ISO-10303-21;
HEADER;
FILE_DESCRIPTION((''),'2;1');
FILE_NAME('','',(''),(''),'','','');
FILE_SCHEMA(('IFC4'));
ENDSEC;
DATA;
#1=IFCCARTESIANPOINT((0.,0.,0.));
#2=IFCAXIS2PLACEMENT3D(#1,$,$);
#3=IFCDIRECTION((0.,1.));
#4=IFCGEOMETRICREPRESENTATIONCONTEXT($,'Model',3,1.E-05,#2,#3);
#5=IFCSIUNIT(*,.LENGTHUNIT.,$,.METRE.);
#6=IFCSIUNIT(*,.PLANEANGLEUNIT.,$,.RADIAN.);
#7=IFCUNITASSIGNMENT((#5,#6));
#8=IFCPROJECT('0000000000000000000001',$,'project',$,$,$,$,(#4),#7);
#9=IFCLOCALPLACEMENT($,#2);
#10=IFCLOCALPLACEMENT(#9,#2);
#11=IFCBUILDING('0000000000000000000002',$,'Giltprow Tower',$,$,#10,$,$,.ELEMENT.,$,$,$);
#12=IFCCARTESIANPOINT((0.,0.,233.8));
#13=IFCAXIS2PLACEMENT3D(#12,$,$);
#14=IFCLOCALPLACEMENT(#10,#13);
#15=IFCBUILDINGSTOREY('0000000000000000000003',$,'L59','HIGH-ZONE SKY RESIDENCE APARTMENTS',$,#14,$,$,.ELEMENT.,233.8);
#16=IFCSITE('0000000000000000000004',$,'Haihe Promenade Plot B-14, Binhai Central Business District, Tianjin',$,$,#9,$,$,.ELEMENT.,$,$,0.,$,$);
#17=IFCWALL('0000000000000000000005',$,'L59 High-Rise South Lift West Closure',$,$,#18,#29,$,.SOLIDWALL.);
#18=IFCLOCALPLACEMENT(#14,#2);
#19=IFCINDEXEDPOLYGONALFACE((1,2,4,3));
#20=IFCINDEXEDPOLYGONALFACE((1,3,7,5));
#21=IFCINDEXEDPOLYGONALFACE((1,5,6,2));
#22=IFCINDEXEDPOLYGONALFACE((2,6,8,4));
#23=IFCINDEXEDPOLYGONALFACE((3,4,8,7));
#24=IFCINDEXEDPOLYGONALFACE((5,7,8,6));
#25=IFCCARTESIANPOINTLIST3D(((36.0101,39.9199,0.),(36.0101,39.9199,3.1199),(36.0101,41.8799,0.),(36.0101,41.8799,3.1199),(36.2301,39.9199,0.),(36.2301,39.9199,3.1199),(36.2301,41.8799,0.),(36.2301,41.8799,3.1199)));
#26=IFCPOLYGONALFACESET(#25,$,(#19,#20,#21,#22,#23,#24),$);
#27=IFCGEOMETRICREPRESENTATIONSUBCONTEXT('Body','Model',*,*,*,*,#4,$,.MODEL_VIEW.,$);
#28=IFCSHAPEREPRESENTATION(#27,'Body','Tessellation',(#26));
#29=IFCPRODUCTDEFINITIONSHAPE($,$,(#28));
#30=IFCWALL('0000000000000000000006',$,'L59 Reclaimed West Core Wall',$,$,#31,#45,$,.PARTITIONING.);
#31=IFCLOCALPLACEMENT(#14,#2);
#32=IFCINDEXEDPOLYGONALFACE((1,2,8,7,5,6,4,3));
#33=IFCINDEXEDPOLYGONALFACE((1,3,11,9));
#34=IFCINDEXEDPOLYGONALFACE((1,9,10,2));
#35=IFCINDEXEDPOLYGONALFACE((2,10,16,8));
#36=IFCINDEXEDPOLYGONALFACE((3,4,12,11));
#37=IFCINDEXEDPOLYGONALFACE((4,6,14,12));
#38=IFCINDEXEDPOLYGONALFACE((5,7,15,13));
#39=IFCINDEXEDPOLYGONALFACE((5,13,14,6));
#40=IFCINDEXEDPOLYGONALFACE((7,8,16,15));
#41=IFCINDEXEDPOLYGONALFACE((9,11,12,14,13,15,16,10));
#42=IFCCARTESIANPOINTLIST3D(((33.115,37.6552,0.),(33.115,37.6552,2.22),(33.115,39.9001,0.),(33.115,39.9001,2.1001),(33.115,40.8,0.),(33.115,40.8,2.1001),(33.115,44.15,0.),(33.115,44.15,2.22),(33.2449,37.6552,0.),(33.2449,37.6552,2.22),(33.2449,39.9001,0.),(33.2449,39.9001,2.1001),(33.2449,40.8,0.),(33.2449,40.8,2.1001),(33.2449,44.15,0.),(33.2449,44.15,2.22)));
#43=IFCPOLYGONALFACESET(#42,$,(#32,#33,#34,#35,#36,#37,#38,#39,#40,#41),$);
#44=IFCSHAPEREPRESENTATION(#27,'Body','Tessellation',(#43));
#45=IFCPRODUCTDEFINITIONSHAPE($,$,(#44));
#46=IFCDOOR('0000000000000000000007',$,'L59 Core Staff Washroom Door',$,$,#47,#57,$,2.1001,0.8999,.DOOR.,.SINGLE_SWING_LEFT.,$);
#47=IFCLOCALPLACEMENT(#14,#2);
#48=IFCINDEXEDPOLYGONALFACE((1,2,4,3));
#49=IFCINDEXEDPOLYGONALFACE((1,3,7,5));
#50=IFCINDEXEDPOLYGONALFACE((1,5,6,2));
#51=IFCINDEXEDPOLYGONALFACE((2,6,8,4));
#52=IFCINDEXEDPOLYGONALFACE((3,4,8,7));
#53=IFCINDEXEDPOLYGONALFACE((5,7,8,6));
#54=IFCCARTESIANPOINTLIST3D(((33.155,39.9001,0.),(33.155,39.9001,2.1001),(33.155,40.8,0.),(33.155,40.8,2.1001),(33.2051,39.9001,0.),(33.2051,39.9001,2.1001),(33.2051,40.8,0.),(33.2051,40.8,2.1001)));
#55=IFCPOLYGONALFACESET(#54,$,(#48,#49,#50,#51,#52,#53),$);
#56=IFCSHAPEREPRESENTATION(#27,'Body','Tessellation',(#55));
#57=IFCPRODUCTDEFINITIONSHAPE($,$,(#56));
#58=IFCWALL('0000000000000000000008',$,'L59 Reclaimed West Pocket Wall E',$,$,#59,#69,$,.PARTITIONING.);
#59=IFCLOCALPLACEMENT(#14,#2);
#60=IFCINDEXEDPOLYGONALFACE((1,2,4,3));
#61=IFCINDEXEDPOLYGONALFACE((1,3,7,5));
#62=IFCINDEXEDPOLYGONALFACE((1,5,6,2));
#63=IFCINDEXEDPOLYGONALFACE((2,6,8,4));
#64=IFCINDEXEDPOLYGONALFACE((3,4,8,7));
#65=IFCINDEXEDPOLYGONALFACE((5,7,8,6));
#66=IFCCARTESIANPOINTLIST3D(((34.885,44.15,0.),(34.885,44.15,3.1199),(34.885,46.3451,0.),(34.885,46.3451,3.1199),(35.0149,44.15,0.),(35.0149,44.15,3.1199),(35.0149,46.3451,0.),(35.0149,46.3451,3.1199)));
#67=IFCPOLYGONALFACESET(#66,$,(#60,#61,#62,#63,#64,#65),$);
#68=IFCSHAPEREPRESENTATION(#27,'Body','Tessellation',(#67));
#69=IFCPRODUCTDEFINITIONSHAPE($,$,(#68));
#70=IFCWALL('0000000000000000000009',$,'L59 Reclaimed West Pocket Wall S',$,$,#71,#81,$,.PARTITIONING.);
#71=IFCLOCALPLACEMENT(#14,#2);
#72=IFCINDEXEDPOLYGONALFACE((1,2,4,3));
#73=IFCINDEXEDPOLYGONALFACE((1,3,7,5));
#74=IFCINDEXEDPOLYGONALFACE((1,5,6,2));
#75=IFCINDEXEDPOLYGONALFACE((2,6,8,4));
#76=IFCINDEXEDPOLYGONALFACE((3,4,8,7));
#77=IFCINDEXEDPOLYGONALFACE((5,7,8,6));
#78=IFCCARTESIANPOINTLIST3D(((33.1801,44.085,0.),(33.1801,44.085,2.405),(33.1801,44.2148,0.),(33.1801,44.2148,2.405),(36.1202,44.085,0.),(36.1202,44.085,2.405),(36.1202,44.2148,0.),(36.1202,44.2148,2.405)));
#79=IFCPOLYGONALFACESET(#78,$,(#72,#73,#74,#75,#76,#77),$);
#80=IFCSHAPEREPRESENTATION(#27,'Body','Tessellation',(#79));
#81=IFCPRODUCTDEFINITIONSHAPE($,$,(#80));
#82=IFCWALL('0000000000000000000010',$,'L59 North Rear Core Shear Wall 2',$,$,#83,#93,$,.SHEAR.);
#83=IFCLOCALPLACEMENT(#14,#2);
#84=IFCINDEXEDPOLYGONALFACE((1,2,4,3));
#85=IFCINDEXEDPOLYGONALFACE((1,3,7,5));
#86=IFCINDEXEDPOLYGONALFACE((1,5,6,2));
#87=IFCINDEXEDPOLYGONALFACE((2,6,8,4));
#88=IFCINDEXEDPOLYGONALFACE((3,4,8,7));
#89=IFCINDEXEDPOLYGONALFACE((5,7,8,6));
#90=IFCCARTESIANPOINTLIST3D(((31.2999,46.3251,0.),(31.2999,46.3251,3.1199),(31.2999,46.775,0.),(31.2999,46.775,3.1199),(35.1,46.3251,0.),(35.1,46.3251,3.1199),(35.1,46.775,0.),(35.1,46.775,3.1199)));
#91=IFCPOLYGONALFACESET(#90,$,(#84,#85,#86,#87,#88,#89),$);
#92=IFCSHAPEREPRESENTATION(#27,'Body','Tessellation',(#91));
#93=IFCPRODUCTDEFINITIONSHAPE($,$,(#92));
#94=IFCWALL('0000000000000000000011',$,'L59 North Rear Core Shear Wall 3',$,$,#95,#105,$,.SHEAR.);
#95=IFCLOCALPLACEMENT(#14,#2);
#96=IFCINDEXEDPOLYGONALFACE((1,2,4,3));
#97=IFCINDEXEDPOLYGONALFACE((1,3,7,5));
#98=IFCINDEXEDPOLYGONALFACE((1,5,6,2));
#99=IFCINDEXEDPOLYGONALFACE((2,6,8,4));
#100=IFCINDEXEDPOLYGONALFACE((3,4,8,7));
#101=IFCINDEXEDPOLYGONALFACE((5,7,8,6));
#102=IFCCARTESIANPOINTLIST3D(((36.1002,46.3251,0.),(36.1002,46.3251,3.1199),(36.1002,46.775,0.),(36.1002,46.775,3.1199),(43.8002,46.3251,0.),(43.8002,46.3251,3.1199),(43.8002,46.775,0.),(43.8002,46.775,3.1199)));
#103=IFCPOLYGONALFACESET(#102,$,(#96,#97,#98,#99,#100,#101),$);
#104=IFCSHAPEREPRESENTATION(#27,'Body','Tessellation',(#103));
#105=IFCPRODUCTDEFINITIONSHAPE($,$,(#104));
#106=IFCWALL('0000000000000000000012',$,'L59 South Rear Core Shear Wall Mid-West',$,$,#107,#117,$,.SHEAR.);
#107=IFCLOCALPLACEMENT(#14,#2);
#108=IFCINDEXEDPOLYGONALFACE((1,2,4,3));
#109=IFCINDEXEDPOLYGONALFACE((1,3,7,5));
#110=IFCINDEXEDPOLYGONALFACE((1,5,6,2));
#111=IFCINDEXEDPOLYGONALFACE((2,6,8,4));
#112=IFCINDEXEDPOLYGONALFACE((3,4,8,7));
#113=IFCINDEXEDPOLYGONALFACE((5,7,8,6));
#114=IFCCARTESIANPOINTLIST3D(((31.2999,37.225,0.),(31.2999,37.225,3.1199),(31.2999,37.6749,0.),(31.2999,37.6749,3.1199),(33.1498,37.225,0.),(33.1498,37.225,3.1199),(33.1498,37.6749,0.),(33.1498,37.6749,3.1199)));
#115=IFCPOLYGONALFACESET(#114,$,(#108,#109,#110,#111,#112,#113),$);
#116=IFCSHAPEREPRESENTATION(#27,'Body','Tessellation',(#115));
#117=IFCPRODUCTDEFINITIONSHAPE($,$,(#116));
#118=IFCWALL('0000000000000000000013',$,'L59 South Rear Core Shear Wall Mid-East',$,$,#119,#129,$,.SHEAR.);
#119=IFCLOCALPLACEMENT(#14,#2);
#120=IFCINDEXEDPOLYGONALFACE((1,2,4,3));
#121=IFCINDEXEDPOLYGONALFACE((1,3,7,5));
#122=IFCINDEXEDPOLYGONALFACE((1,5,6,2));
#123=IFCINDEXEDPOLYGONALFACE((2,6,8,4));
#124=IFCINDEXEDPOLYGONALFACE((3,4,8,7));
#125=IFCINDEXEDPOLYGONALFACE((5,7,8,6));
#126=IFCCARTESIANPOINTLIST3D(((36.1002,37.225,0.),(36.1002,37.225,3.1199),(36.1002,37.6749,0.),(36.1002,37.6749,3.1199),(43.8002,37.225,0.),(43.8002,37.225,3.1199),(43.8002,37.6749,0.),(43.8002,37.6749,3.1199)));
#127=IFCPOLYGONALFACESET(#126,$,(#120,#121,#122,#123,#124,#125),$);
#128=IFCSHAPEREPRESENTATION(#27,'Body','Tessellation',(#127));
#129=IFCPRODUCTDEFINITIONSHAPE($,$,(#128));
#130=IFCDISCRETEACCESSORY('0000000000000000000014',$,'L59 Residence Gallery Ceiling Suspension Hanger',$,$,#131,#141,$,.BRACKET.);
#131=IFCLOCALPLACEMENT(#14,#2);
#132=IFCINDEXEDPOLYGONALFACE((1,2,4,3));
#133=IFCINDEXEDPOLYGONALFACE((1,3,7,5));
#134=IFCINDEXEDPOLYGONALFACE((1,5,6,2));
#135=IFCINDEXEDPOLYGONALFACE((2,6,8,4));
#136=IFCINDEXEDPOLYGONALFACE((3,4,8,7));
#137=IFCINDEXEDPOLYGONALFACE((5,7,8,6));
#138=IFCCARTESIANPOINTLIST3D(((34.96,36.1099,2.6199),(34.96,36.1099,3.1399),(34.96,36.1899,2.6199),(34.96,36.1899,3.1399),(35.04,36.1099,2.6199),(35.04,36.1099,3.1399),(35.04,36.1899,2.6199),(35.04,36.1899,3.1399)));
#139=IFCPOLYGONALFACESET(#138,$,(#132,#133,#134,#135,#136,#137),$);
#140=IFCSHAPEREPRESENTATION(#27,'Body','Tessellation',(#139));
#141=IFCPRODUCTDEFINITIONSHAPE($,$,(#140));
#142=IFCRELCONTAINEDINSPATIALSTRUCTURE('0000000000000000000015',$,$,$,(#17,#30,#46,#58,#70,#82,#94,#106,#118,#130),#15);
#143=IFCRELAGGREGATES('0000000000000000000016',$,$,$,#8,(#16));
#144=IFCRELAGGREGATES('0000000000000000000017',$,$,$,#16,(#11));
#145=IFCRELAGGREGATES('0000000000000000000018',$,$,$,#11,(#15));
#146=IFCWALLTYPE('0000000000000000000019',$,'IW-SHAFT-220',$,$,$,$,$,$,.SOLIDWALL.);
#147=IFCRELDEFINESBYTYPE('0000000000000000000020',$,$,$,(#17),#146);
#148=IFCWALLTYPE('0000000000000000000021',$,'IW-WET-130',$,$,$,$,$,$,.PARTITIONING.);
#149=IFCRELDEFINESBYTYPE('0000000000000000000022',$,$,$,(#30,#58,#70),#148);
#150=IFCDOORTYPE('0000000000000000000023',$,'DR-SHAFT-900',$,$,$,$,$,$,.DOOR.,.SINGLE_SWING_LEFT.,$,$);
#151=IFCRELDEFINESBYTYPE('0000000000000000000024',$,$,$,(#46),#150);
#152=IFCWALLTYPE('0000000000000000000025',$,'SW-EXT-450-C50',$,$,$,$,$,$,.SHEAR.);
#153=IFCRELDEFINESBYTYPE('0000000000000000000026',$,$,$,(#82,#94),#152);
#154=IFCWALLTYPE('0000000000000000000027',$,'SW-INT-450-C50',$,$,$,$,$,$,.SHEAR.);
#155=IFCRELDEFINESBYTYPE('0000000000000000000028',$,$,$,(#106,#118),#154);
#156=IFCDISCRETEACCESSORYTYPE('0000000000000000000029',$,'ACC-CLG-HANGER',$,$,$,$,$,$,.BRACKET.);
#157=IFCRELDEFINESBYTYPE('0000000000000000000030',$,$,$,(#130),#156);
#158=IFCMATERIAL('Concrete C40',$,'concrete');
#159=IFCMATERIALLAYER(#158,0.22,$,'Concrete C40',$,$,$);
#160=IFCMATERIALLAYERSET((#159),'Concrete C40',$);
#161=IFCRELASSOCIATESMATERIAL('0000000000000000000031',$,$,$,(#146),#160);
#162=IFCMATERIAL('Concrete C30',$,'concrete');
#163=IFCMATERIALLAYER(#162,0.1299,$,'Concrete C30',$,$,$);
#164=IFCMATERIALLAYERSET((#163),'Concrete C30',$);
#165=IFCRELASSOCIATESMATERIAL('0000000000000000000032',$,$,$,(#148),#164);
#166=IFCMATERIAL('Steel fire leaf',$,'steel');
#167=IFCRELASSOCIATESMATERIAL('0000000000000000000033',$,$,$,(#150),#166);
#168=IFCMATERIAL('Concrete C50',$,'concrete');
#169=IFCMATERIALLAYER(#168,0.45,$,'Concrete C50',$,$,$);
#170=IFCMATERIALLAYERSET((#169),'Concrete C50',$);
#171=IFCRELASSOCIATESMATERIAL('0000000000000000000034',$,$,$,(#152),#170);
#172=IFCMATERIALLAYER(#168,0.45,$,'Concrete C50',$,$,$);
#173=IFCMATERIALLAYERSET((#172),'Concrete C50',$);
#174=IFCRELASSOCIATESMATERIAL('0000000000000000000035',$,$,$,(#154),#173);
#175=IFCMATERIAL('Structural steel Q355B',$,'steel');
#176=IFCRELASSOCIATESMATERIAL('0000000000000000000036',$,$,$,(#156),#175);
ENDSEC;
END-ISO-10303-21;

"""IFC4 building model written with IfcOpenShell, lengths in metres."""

from ifc_helpers import new_model, si_unit, direction, frame, frame_2d, origin, origin_2d, place, context, subcontext, project, spatial, rectangle, extrude, source, transform, mapped, material, layer, layer_set, type_object, element, fill, save


model = new_model("IFC4")

# Units and contexts
model_context = context("Model", 3, precision=1e-05, world=origin(), true_north=direction((0.0, 1.0)))
body_context = subcontext(model_context, "Body", "Model", "MODEL_VIEW")
ifc_project = project(units=[si_unit("LENGTHUNIT", "METRE"), si_unit("PLANEANGLEUNIT", "RADIAN")], contexts=[model_context])

# Site, building, storey
site_placement = place(None, origin())
site = spatial("IfcSite", under=ifc_project, at=site_placement, Name="Haihe Promenade Plot B-14, Binhai Central Business District, Tianjin", CompositionType="ELEMENT", RefElevation=0.0)
building_placement = place(site_placement, origin())
building = spatial("IfcBuilding", under=site, at=building_placement, Name="Giltprow Tower", CompositionType="ELEMENT")
storey_placement = place(building_placement, frame((0.0, 0.0, 233.8)))
storey = spatial("IfcBuildingStorey", under=building, at=storey_placement, Name="L59", Description="HIGH-ZONE SKY RESIDENCE APARTMENTS", CompositionType="ELEMENT", Elevation=233.8)

# Shared definitions
ifc_material_1 = material(Name="Concrete C50", Category="concrete")

# Shared definitions
ifc_material_2 = material(Name="Structural steel Q355B", Category="steel")

# Shared definitions
ifc_material_3 = material(Name="Concrete C40", Category="concrete")
ifc_layer_1 = layer(ifc_material_3, 0.22, Name="Concrete C40")
ifc_layer_set_1 = layer_set([ifc_layer_1], Name="Concrete C40")
wall_type_1 = type_object("IfcWallType", Name="IW-SHAFT-220", PredefinedType="SOLIDWALL", material=ifc_layer_set_1)

# Wall
wall_1_placement = place(storey_placement, frame((36.1201, 39.9199, 0.0), z_axis=(0.0, 0.0, 1.0), x_axis=(0.0, 1.0, 0.0)))
element("IfcWall", 1, at=wall_1_placement, inside=storey, type_object=wall_type_1, Name="L59 High-Rise South Lift West Closure", PredefinedType="SOLIDWALL", context=body_context, shape_type="SweptSolid", body=[
    extrude(rectangle(XDim=1.96, YDim=0.22, at=frame_2d((0.98, 0.0))), origin(), (0.0, 0.0, 1.0), 3.1199),
])

# Wall, opening, door
ifc_material_4 = material(Name="Concrete C30", Category="concrete")
ifc_layer_2 = layer(ifc_material_4, 0.1299, Name="Concrete C30")
ifc_layer_set_2 = layer_set([ifc_layer_2], Name="Concrete C30")
wall_type_2 = type_object("IfcWallType", Name="IW-WET-130", PredefinedType="PARTITIONING", material=ifc_layer_set_2)
wall_2_placement = place(storey_placement, frame((33.1799, 37.655, 0.0), z_axis=(0.0, 0.0, 1.0), x_axis=(0.0, 1.0, 0.0)))
wall_2 = element("IfcWall", 2, at=wall_2_placement, inside=storey, type_object=wall_type_2, Name="L59 Reclaimed West Core Wall", PredefinedType="PARTITIONING", context=body_context, shape_type="SweptSolid", body=[
    extrude(rectangle(XDim=6.4949, YDim=0.1299, at=frame_2d((3.2476, 0.0))), origin(), (0.0, 0.0, 1.0), 2.22),
])
opening_1_placement = place(wall_2_placement, frame((2.2451, 0.0, 0.0)))
opening_1 = element("IfcOpeningElement", 3, at=opening_1_placement, cuts=wall_2, PredefinedType="OPENING", context=body_context, shape_type="SweptSolid", body=[
    extrude(rectangle(XDim=0.8999, YDim=2.1001, at=frame_2d((0.45, 1.05))), frame((0.0, 0.075, 0.0), z_axis=(0.0, -1.0, 0.0), x_axis=(1.0, 0.0, 0.0)), (0.0, 0.0, 1.0), 0.1499),
])
ifc_material_5 = material(Name="Steel fire leaf", Category="steel")
door_type_1 = type_object("IfcDoorType", Name="DR-SHAFT-900", OperationType="SINGLE_SWING_LEFT", PredefinedType="DOOR", material=ifc_material_5)
shared_shape_1 = source(origin(), body_context, "Body", "SweptSolid", [
    extrude(rectangle(XDim=0.8999, YDim=2.1001, at=frame_2d((0.45, 1.05))), frame((0.0, 0.0249, 0.0), z_axis=(0.0, -1.0, 0.0), x_axis=(1.0, 0.0, 0.0)), (0.0, 0.0, 1.0), 0.05),
])
door_1_placement = place(opening_1_placement, origin())
door_1 = element("IfcDoor", 4, at=door_1_placement, inside=storey, type_object=door_type_1, Name="L59 Core Staff Washroom Door", OperationType="SINGLE_SWING_LEFT", OverallHeight=2.1001, OverallWidth=0.8999, PredefinedType="DOOR", context=body_context, shape_type="MappedRepresentation", body=[
    mapped(shared_shape_1, transform((0.0, 0.0, 0.0), x_axis=(1.0, 0.0, 0.0), y_axis=(0.0, 1.0, 0.0), z_axis=(0.0, 0.0, 1.0), scale=1.0)),
])
fill(opening_1, door_1)

# Walls
wall_3_placement = place(storey_placement, frame((34.95, 44.1499, 0.0), z_axis=(0.0, 0.0, 1.0), x_axis=(0.0, 1.0, 0.0)))
element("IfcWall", 5, at=wall_3_placement, inside=storey, type_object=wall_type_2, Name="L59 Reclaimed West Pocket Wall E", PredefinedType="PARTITIONING", context=body_context, shape_type="SweptSolid", body=[
    extrude(rectangle(XDim=2.1951, YDim=0.1299, at=frame_2d((1.0977, 0.0))), origin(), (0.0, 0.0, 1.0), 3.1199),
])
wall_4_placement = place(storey_placement, frame((33.1799, 44.1499, 0.0), z_axis=(0.0, 0.0, 1.0), x_axis=(1.0, 0.0, 0.0)))
element("IfcWall", 6, at=wall_4_placement, inside=storey, type_object=wall_type_2, Name="L59 Reclaimed West Pocket Wall S", PredefinedType="PARTITIONING", context=body_context, shape_type="SweptSolid", body=[
    extrude(rectangle(XDim=2.9402, YDim=0.1299, at=frame_2d((1.4702, 0.0))), origin(), (0.0, 0.0, 1.0), 2.405),
])
ifc_layer_3 = layer(ifc_material_1, 0.45, Name="Concrete C50")
ifc_layer_set_3 = layer_set([ifc_layer_3], Name="Concrete C50")
wall_type_3 = type_object("IfcWallType", Name="SW-EXT-450-C50", PredefinedType="SHEAR", material=ifc_layer_set_3)
wall_5_placement = place(storey_placement, frame((31.3, 46.55, 0.0), z_axis=(0.0, 0.0, 1.0), x_axis=(1.0, 0.0, 0.0)))
element("IfcWall", 7, at=wall_5_placement, inside=storey, type_object=wall_type_3, Name="L59 North Rear Core Shear Wall 2", PredefinedType="SHEAR", context=body_context, shape_type="SweptSolid", body=[
    extrude(rectangle(XDim=3.8, YDim=0.45, at=frame_2d((1.8999, 0.0))), origin(), (0.0, 0.0, 1.0), 3.1199),
])
wall_6_placement = place(storey_placement, frame((36.1001, 46.55, 0.0), z_axis=(0.0, 0.0, 1.0), x_axis=(1.0, 0.0, 0.0)))
element("IfcWall", 8, at=wall_6_placement, inside=storey, type_object=wall_type_3, Name="L59 North Rear Core Shear Wall 3", PredefinedType="SHEAR", context=body_context, shape_type="SweptSolid", body=[
    extrude(rectangle(XDim=7.7, YDim=0.45, at=frame_2d((3.8501, 0.0))), origin(), (0.0, 0.0, 1.0), 3.1199),
])
ifc_layer_4 = layer(ifc_material_1, 0.45, Name="Concrete C50")
ifc_layer_set_4 = layer_set([ifc_layer_4], Name="Concrete C50")
wall_type_4 = type_object("IfcWallType", Name="SW-INT-450-C50", PredefinedType="SHEAR", material=ifc_layer_set_4)
wall_7_placement = place(storey_placement, frame((31.3, 37.45, 0.0), z_axis=(0.0, 0.0, 1.0), x_axis=(1.0, 0.0, 0.0)))
element("IfcWall", 9, at=wall_7_placement, inside=storey, type_object=wall_type_4, Name="L59 South Rear Core Shear Wall Mid-West", PredefinedType="SHEAR", context=body_context, shape_type="SweptSolid", body=[
    extrude(rectangle(XDim=1.8499, YDim=0.45, at=frame_2d((0.9248, 0.0))), origin(), (0.0, 0.0, 1.0), 3.1199),
])
wall_8_placement = place(storey_placement, frame((36.1001, 37.45, 0.0), z_axis=(0.0, 0.0, 1.0), x_axis=(1.0, 0.0, 0.0)))
element("IfcWall", 10, at=wall_8_placement, inside=storey, type_object=wall_type_4, Name="L59 South Rear Core Shear Wall Mid-East", PredefinedType="SHEAR", context=body_context, shape_type="SweptSolid", body=[
    extrude(rectangle(XDim=7.7, YDim=0.45, at=frame_2d((3.8501, 0.0))), origin(), (0.0, 0.0, 1.0), 3.1199),
])

# Discrete accessory
discrete_accessory_type = type_object("IfcDiscreteAccessoryType", Name="ACC-CLG-HANGER", PredefinedType="BRACKET", material=ifc_material_2)
shared_shape_2 = source(origin(), body_context, "Body", "SweptSolid", [
    extrude(rectangle(XDim=0.0801, YDim=0.0801, at=origin_2d()), origin(), (0.0, 0.0, 1.0), 0.52),
])
discrete_accessory_placement = place(storey_placement, frame((35.0, 36.1499, 2.6199), z_axis=(0.0, 0.0, 1.0), x_axis=(1.0, 0.0, 0.0)))
element("IfcDiscreteAccessory", 11, at=discrete_accessory_placement, inside=storey, type_object=discrete_accessory_type, Name="L59 Residence Gallery Ceiling Suspension Hanger", PredefinedType="BRACKET", context=body_context, shape_type="MappedRepresentation", body=[
    mapped(shared_shape_2, transform((0.0, 0.0, 0.0), x_axis=(1.0, 0.0, 0.0), y_axis=(0.0, 1.0, 0.0), z_axis=(0.0, 0.0, 1.0), scale=1.0)),
])

save(model, "model.ifc")
